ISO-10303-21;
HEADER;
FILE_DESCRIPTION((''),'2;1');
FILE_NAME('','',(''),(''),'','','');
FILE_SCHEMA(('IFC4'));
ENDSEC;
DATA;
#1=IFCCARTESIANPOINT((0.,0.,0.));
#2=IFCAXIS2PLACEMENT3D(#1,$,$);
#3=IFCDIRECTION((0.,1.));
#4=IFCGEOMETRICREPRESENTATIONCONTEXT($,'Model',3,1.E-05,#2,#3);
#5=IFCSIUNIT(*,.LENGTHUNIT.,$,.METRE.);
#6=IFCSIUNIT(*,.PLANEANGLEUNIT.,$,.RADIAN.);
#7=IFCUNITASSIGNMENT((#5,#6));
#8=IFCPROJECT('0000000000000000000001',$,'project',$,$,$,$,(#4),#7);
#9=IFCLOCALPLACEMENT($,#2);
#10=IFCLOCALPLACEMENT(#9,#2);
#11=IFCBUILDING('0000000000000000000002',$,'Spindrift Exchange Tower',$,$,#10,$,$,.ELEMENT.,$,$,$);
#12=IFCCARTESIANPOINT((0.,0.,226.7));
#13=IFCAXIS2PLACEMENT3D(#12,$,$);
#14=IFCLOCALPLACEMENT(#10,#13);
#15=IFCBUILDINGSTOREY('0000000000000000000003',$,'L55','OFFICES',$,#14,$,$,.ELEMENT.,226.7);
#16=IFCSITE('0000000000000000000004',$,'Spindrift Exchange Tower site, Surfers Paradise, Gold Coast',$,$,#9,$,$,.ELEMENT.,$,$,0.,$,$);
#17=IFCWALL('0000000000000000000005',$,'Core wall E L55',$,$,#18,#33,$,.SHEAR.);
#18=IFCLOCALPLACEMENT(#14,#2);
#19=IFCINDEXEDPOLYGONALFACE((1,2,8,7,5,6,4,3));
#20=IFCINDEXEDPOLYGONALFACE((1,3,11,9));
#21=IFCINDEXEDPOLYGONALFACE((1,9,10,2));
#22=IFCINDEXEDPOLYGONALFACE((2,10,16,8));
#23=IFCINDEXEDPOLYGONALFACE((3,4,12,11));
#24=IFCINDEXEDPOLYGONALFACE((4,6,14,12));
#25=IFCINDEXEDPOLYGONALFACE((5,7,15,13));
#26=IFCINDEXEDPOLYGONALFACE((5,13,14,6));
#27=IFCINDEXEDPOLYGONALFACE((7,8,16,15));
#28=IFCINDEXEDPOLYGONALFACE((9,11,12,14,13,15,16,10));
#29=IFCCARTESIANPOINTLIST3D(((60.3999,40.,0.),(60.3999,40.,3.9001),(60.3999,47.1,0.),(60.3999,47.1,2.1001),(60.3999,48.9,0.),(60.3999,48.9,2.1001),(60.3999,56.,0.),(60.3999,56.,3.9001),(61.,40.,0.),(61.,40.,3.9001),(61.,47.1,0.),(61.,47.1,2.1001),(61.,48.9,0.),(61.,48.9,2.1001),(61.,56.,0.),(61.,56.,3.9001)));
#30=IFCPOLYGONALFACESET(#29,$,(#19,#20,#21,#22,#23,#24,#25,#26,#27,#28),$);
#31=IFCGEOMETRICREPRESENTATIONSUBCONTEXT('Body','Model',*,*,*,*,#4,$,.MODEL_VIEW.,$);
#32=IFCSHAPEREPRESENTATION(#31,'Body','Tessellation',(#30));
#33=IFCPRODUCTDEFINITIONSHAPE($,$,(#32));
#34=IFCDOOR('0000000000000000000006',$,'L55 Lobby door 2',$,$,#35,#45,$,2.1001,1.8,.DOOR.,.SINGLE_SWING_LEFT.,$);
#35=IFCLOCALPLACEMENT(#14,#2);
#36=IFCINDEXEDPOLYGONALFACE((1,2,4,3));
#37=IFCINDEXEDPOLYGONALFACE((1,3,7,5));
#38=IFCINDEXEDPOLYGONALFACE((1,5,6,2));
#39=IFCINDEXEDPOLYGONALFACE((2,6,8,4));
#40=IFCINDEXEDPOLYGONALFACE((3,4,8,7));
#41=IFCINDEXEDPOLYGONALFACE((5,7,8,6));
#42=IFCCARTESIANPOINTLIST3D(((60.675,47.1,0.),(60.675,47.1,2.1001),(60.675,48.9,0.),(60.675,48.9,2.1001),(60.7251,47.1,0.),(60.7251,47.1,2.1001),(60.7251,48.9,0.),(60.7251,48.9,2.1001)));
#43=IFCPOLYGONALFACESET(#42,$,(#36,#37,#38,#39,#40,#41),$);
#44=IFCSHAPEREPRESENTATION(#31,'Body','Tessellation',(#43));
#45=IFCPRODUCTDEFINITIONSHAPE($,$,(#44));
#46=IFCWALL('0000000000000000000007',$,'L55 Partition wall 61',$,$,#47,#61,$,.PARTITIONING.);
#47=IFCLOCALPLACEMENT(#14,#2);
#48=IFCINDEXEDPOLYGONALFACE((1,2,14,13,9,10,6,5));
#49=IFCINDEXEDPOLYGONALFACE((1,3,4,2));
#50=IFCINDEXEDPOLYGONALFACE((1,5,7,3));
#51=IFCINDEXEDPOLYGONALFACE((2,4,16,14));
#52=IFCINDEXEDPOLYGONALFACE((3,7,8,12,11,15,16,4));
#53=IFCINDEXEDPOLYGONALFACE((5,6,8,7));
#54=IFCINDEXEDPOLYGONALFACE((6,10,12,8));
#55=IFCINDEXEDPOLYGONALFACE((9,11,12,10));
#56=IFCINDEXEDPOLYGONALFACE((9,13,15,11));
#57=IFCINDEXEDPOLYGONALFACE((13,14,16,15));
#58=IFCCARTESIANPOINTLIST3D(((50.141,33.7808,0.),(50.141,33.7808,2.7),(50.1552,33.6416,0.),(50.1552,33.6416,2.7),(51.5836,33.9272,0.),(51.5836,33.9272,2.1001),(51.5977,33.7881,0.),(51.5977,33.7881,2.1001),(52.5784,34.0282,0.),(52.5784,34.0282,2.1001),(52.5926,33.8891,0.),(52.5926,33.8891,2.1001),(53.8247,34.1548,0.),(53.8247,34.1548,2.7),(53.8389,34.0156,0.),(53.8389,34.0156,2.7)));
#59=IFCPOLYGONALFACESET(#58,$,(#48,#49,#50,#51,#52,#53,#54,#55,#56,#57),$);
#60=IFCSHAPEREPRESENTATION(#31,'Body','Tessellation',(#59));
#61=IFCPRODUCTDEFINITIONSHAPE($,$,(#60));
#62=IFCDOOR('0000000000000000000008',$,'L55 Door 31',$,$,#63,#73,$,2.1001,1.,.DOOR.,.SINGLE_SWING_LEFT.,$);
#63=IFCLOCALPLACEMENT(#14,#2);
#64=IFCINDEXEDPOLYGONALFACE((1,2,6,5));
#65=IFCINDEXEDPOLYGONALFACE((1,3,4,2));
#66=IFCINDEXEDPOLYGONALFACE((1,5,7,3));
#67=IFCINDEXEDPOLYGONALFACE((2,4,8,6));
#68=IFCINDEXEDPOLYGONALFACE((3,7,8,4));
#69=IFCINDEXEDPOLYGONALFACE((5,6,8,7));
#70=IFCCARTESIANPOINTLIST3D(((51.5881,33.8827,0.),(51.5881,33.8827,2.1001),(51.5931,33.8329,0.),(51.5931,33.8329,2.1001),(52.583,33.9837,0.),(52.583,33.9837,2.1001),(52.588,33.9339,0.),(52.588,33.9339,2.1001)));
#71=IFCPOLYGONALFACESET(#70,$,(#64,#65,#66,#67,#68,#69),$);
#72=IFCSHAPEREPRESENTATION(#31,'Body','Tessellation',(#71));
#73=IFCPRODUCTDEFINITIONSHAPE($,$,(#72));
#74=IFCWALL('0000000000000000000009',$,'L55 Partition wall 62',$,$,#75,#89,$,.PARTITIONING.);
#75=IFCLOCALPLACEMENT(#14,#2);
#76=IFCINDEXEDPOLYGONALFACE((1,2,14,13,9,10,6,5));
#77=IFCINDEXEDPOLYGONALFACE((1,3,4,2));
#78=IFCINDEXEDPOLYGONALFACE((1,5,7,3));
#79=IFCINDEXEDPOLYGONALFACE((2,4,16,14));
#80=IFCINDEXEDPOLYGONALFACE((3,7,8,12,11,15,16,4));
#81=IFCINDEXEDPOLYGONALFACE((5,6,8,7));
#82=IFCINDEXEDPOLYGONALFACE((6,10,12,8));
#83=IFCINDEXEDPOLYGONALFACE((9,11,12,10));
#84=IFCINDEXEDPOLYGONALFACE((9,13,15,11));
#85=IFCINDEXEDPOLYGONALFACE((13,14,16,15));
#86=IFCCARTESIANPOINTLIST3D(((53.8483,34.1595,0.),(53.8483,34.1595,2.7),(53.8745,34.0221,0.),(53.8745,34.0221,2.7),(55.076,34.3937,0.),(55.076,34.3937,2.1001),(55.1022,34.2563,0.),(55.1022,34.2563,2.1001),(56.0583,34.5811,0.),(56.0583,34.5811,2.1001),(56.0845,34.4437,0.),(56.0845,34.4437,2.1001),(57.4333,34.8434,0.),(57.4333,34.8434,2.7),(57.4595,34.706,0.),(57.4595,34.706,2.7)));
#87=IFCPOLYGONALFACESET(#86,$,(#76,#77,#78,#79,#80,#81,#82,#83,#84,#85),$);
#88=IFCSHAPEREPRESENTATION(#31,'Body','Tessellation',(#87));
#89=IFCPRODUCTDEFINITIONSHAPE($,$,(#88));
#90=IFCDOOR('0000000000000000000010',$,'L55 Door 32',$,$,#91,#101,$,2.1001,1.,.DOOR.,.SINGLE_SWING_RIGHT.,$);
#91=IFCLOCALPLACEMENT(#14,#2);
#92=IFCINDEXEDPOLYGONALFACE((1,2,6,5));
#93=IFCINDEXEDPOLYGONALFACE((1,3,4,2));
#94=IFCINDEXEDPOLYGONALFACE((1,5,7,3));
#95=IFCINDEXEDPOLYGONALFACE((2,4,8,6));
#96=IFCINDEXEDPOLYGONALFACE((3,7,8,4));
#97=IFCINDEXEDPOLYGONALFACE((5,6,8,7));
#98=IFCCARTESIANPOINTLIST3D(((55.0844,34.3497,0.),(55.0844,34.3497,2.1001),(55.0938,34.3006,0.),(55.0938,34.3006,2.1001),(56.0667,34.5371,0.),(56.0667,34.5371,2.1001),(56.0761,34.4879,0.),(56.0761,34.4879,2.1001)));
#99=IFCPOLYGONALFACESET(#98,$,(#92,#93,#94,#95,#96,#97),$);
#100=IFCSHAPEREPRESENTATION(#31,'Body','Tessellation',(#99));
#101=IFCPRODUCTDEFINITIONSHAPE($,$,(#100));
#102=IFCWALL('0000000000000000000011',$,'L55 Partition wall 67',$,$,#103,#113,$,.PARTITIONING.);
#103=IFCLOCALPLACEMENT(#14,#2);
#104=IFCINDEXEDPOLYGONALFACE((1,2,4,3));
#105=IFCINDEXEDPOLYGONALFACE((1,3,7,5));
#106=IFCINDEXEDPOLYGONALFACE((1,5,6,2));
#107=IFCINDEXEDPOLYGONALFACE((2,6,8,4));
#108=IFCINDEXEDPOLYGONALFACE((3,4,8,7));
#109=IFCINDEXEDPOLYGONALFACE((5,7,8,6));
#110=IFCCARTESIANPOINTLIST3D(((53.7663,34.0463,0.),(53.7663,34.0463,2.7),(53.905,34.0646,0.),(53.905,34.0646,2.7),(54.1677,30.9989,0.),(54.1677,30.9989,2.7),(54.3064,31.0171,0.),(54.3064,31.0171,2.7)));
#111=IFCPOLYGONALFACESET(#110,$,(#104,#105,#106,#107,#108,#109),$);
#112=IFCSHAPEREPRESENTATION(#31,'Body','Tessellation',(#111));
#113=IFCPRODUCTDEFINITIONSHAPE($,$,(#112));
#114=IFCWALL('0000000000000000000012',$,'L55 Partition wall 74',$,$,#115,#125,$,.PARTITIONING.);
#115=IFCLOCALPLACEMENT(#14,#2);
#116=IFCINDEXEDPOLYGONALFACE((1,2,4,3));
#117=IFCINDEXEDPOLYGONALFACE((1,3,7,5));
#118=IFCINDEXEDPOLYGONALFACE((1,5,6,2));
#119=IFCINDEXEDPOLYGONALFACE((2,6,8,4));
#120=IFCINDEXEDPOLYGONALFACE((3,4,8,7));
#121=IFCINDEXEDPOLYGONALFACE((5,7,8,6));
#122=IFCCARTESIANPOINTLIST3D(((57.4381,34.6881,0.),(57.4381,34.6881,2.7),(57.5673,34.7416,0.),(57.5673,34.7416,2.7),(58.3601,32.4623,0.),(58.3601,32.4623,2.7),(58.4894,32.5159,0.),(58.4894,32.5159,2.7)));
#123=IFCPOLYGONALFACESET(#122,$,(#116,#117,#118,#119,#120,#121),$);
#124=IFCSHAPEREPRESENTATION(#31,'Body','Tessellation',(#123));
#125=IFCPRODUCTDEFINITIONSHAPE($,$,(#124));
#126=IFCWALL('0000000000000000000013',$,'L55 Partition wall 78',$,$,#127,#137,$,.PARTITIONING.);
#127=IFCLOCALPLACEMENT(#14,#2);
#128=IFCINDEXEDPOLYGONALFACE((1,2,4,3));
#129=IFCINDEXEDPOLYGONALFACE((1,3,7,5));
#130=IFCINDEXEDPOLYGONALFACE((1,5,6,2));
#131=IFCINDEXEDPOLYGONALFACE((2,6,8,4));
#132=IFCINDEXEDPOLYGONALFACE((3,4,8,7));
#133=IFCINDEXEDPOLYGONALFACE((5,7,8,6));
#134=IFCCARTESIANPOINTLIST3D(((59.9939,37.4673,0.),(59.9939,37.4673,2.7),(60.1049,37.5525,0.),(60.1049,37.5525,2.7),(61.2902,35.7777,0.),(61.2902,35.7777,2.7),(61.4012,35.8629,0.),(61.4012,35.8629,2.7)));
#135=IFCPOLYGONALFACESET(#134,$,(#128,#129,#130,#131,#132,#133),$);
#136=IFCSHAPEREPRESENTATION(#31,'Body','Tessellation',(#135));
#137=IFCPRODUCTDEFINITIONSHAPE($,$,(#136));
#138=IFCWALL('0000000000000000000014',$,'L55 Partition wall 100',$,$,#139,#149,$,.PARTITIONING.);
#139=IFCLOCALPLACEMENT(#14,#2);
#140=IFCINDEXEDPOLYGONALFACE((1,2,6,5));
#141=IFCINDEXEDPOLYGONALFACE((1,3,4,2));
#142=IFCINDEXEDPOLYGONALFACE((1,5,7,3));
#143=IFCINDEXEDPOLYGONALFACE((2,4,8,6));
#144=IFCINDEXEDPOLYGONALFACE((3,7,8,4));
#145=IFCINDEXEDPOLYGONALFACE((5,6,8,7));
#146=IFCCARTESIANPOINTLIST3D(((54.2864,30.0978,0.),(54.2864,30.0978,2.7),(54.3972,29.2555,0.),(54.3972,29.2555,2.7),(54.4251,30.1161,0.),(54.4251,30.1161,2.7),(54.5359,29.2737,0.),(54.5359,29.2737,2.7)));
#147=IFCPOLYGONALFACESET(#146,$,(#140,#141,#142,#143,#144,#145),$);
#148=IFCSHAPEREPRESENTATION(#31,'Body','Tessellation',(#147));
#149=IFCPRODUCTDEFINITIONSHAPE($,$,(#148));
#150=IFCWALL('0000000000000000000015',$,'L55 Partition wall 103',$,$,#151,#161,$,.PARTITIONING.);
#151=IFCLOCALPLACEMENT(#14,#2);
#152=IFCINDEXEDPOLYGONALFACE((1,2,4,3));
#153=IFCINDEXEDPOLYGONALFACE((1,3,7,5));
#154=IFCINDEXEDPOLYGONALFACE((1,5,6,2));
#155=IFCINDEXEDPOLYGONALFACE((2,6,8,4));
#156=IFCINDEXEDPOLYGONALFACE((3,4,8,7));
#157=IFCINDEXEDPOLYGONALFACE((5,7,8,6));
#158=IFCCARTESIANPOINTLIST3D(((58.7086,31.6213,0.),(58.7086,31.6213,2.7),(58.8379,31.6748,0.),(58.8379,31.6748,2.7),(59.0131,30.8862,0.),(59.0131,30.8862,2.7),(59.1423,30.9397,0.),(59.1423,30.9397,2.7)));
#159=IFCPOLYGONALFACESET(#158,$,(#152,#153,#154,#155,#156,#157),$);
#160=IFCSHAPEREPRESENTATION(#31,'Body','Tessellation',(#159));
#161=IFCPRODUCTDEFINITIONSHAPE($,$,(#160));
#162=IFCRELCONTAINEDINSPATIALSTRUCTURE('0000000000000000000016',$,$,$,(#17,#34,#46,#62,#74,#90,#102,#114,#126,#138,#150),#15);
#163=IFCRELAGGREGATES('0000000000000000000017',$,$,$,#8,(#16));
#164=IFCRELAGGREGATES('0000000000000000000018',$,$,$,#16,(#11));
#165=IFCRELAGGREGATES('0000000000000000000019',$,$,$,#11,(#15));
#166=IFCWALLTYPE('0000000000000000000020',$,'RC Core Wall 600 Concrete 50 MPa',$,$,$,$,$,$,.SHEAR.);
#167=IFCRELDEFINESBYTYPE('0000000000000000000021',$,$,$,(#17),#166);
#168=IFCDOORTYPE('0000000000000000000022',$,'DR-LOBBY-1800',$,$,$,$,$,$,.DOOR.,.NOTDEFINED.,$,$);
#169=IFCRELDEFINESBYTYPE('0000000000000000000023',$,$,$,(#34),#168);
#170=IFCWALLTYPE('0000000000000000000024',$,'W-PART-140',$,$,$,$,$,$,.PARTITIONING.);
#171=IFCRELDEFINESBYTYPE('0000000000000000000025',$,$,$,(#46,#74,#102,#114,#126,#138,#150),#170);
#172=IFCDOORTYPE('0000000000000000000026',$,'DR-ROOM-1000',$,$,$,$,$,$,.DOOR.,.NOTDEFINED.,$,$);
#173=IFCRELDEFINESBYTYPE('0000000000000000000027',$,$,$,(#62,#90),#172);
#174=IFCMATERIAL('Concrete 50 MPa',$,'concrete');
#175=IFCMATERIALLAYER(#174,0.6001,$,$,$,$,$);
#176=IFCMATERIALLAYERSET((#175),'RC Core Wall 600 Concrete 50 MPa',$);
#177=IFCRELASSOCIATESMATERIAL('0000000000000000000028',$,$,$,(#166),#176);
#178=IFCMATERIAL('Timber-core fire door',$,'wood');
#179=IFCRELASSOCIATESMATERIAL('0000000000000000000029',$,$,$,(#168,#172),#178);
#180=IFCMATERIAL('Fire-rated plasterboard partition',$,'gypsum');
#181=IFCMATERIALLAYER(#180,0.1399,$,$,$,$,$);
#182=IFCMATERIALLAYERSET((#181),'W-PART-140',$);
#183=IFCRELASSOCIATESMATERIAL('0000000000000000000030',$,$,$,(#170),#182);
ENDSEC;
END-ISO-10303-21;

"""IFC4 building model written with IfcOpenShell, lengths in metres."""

from ifc_helpers import new_model, si_unit, direction, frame, frame_2d, origin, place, context, subcontext, project, spatial, rectangle, extrude, source, transform, mapped, material, layer, layer_set, type_object, element, fill, save


model = new_model("IFC4")

# Units and contexts
model_context = context("Model", 3, precision=1e-05, world=origin(), true_north=direction((0.0, 1.0)))
body_context = subcontext(model_context, "Body", "Model", "MODEL_VIEW")
ifc_project = project(units=[si_unit("LENGTHUNIT", "METRE"), si_unit("PLANEANGLEUNIT", "RADIAN")], contexts=[model_context])

# Site, building, storey
site_placement = place(None, origin())
site = spatial("IfcSite", under=ifc_project, at=site_placement, Name="Spindrift Exchange Tower site, Surfers Paradise, Gold Coast", CompositionType="ELEMENT", RefElevation=0.0)
building_placement = place(site_placement, origin())
building = spatial("IfcBuilding", under=site, at=building_placement, Name="Spindrift Exchange Tower", CompositionType="ELEMENT")
storey_placement = place(building_placement, frame((0.0, 0.0, 226.7)))
storey = spatial("IfcBuildingStorey", under=building, at=storey_placement, Name="L55", Description="OFFICES", CompositionType="ELEMENT", Elevation=226.7)

# Shared definitions
ifc_material_1 = material(Name="Concrete 50 MPa", Category="concrete")

# Walls, openings, doors
ifc_layer_1 = layer(ifc_material_1, 0.6001)
ifc_layer_set_1 = layer_set([ifc_layer_1], Name="RC Core Wall 600 Concrete 50 MPa")
wall_type_1 = type_object("IfcWallType", Name="RC Core Wall 600 Concrete 50 MPa", PredefinedType="SHEAR", material=ifc_layer_set_1)
wall_1_placement = place(storey_placement, frame((60.7, 40.0, 0.0), z_axis=(0.0, 0.0, 1.0), x_axis=(0.0, 1.0, 0.0)))
wall_1 = element("IfcWall", 1, at=wall_1_placement, inside=storey, type_object=wall_type_1, Name="Core wall E L55", PredefinedType="SHEAR", context=body_context, shape_type="SweptSolid", body=[
    extrude(rectangle(XDim=16.0, YDim=0.6001, at=frame_2d((8.0, 0.0))), origin(), (0.0, 0.0, 1.0), 3.9001),
])
opening_1_placement = place(wall_1_placement, frame((7.1001, 0.0, 0.0)))
opening_1 = element("IfcOpeningElement", 2, at=opening_1_placement, cuts=wall_1, PredefinedType="OPENING", context=body_context, shape_type="SweptSolid", body=[
    extrude(rectangle(XDim=1.8, YDim=2.1001, at=frame_2d((0.8999, 1.05))), frame((0.0, 0.3101, 0.0), z_axis=(0.0, -1.0, 0.0), x_axis=(1.0, 0.0, 0.0)), (0.0, 0.0, 1.0), 0.6201),
])
ifc_material_2 = material(Name="Timber-core fire door", Category="wood")
door_type_1 = type_object("IfcDoorType", Name="DR-LOBBY-1800", OperationType="NOTDEFINED", PredefinedType="DOOR", material=ifc_material_2)
shared_shape_1 = source(origin(), body_context, "Body", "SweptSolid", [
    extrude(rectangle(XDim=1.8, YDim=2.1001, at=frame_2d((0.8999, 1.05))), frame((0.0, 0.0249, 0.0), z_axis=(0.0, -1.0, 0.0), x_axis=(1.0, 0.0, 0.0)), (0.0, 0.0, 1.0), 0.05),
])
door_1_placement = place(opening_1_placement, origin())
door_1 = element("IfcDoor", 3, at=door_1_placement, inside=storey, type_object=door_type_1, Name="L55 Lobby door 2", OperationType="SINGLE_SWING_LEFT", OverallHeight=2.1001, OverallWidth=1.8, PredefinedType="DOOR", context=body_context, shape_type="MappedRepresentation", body=[
    mapped(shared_shape_1, transform((0.0, 0.0, 0.0), scale=1.0)),
])
fill(opening_1, door_1)
ifc_material_3 = material(Name="Fire-rated plasterboard partition", Category="gypsum")
ifc_layer_2 = layer(ifc_material_3, 0.1399)
ifc_layer_set_2 = layer_set([ifc_layer_2], Name="W-PART-140")
wall_type_2 = type_object("IfcWallType", Name="W-PART-140", PredefinedType="PARTITIONING", material=ifc_layer_set_2)
wall_2_placement = place(storey_placement, frame((53.8318, 34.0852, 0.0), z_axis=(0.0, 0.0, 1.0), x_axis=(-0.994885, -0.101018, 0.0)))
wall_2 = element("IfcWall", 4, at=wall_2_placement, inside=storey, type_object=wall_type_2, Name="L55 Partition wall 61", PredefinedType="PARTITIONING", context=body_context, shape_type="SweptSolid", body=[
    extrude(rectangle(XDim=3.7026, YDim=0.1399, at=frame_2d((1.8513, 0.0))), origin(), (0.0, 0.0, 1.0), 2.7),
])
opening_2_placement = place(wall_2_placement, frame((1.2527, 0.0, 0.0)))
opening_2 = element("IfcOpeningElement", 5, at=opening_2_placement, cuts=wall_2, PredefinedType="OPENING", context=body_context, shape_type="SweptSolid", body=[
    extrude(rectangle(XDim=1.0, YDim=2.1001, at=frame_2d((0.5, 1.05))), frame((0.0, 0.0798, 0.0), z_axis=(0.0, -1.0, 0.0), x_axis=(1.0, 0.0, 0.0)), (0.0, 0.0, 1.0), 0.1599),
])
door_type_2 = type_object("IfcDoorType", Name="DR-ROOM-1000", OperationType="NOTDEFINED", PredefinedType="DOOR", material=ifc_material_2)
shared_shape_2 = source(origin(), body_context, "Body", "SweptSolid", [
    extrude(rectangle(XDim=1.0, YDim=2.1001, at=frame_2d((0.5, 1.05))), frame((0.0, 0.0249, 0.0), z_axis=(0.0, -1.0, 0.0), x_axis=(1.0, 0.0, 0.0)), (0.0, 0.0, 1.0), 0.05),
])
door_2_placement = place(opening_2_placement, origin())
door_2 = element("IfcDoor", 6, at=door_2_placement, inside=storey, type_object=door_type_2, Name="L55 Door 31", OperationType="SINGLE_SWING_LEFT", OverallHeight=2.1001, OverallWidth=1.0, PredefinedType="DOOR", context=body_context, shape_type="MappedRepresentation", body=[
    mapped(shared_shape_2, transform((0.0, 0.0, 0.0), scale=1.0)),
])
fill(opening_2, door_2)
wall_3_placement = place(storey_placement, frame((57.4463, 34.7747, 0.0), z_axis=(0.0, 0.0, 1.0), x_axis=(-0.982289, -0.187373, 0.0)))
wall_3 = element("IfcWall", 7, at=wall_3_placement, inside=storey, type_object=wall_type_2, Name="L55 Partition wall 62", PredefinedType="PARTITIONING", context=body_context, shape_type="SweptSolid", body=[
    extrude(rectangle(XDim=3.6497, YDim=0.1399, at=frame_2d((1.8247, 0.0))), origin(), (0.0, 0.0, 1.0), 2.7),
])
opening_3_placement = place(wall_3_placement, frame((1.3997, 0.0, 0.0)))
opening_3 = element("IfcOpeningElement", 8, at=opening_3_placement, cuts=wall_3, PredefinedType="OPENING", context=body_context, shape_type="SweptSolid", body=[
    extrude(rectangle(XDim=1.0, YDim=2.1001, at=frame_2d((0.5, 1.05))), frame((0.0, 0.0798, 0.0), z_axis=(0.0, -1.0, 0.0), x_axis=(1.0, 0.0, 0.0)), (0.0, 0.0, 1.0), 0.1599),
])
door_3_placement = place(opening_3_placement, origin())
door_3 = element("IfcDoor", 9, at=door_3_placement, inside=storey, type_object=door_type_2, Name="L55 Door 32", OperationType="SINGLE_SWING_RIGHT", OverallHeight=2.1001, OverallWidth=1.0, PredefinedType="DOOR", context=body_context, shape_type="MappedRepresentation", body=[
    mapped(shared_shape_2, transform((0.0, 0.0, 0.0), scale=1.0)),
])
fill(opening_3, door_3)

# Walls
wall_4_placement = place(storey_placement, frame((53.8357, 34.0554, 0.0), z_axis=(0.0, 0.0, 1.0), x_axis=(0.130582, -0.991438, 0.0)))
element("IfcWall", 10, at=wall_4_placement, inside=storey, type_object=wall_type_2, Name="L55 Partition wall 67", PredefinedType="PARTITIONING", context=body_context, shape_type="SweptSolid", body=[
    extrude(rectangle(XDim=3.0737, YDim=0.1399, at=frame_2d((1.5369, 0.0))), origin(), (0.0, 0.0, 1.0), 2.7),
])
wall_5_placement = place(storey_placement, frame((57.5027, 34.7148, 0.0), z_axis=(0.0, 0.0, 1.0), x_axis=(0.382737, -0.923857, 0.0)))
element("IfcWall", 11, at=wall_5_placement, inside=storey, type_object=wall_type_2, Name="L55 Partition wall 74", PredefinedType="PARTITIONING", context=body_context, shape_type="SweptSolid", body=[
    extrude(rectangle(XDim=2.4092, YDim=0.1399, at=frame_2d((1.2046, 0.0))), origin(), (0.0, 0.0, 1.0), 2.7),
])
wall_6_placement = place(storey_placement, frame((60.0493, 37.51, 0.0), z_axis=(0.0, 0.0, 1.0), x_axis=(0.608713, -0.79339, 0.0)))
element("IfcWall", 12, at=wall_6_placement, inside=storey, type_object=wall_type_2, Name="L55 Partition wall 78", PredefinedType="PARTITIONING", context=body_context, shape_type="SweptSolid", body=[
    extrude(rectangle(XDim=2.1296, YDim=0.1399, at=frame_2d((1.0649, 0.0))), origin(), (0.0, 0.0, 1.0), 2.7),
])
wall_7_placement = place(storey_placement, frame((54.3557, 30.1069, 0.0), z_axis=(0.0, 0.0, 1.0), x_axis=(0.130469, -0.991452, 0.0)))
element("IfcWall", 13, at=wall_7_placement, inside=storey, type_object=wall_type_2, Name="L55 Partition wall 100", PredefinedType="PARTITIONING", context=body_context, shape_type="SweptSolid", body=[
    extrude(rectangle(XDim=0.8496, YDim=0.1399, at=frame_2d((0.4248, 0.0))), origin(), (0.0, 0.0, 1.0), 2.7),
])
wall_8_placement = place(storey_placement, frame((58.7732, 31.6482, 0.0), z_axis=(0.0, 0.0, 1.0), x_axis=(0.382632, -0.923901, 0.0)))
element("IfcWall", 14, at=wall_8_placement, inside=storey, type_object=wall_type_2, Name="L55 Partition wall 103", PredefinedType="PARTITIONING", context=body_context, shape_type="SweptSolid", body=[
    extrude(rectangle(XDim=0.7957, YDim=0.1399, at=frame_2d((0.3979, 0.0))), origin(), (0.0, 0.0, 1.0), 2.7),
])

save(model, "model.ifc")
